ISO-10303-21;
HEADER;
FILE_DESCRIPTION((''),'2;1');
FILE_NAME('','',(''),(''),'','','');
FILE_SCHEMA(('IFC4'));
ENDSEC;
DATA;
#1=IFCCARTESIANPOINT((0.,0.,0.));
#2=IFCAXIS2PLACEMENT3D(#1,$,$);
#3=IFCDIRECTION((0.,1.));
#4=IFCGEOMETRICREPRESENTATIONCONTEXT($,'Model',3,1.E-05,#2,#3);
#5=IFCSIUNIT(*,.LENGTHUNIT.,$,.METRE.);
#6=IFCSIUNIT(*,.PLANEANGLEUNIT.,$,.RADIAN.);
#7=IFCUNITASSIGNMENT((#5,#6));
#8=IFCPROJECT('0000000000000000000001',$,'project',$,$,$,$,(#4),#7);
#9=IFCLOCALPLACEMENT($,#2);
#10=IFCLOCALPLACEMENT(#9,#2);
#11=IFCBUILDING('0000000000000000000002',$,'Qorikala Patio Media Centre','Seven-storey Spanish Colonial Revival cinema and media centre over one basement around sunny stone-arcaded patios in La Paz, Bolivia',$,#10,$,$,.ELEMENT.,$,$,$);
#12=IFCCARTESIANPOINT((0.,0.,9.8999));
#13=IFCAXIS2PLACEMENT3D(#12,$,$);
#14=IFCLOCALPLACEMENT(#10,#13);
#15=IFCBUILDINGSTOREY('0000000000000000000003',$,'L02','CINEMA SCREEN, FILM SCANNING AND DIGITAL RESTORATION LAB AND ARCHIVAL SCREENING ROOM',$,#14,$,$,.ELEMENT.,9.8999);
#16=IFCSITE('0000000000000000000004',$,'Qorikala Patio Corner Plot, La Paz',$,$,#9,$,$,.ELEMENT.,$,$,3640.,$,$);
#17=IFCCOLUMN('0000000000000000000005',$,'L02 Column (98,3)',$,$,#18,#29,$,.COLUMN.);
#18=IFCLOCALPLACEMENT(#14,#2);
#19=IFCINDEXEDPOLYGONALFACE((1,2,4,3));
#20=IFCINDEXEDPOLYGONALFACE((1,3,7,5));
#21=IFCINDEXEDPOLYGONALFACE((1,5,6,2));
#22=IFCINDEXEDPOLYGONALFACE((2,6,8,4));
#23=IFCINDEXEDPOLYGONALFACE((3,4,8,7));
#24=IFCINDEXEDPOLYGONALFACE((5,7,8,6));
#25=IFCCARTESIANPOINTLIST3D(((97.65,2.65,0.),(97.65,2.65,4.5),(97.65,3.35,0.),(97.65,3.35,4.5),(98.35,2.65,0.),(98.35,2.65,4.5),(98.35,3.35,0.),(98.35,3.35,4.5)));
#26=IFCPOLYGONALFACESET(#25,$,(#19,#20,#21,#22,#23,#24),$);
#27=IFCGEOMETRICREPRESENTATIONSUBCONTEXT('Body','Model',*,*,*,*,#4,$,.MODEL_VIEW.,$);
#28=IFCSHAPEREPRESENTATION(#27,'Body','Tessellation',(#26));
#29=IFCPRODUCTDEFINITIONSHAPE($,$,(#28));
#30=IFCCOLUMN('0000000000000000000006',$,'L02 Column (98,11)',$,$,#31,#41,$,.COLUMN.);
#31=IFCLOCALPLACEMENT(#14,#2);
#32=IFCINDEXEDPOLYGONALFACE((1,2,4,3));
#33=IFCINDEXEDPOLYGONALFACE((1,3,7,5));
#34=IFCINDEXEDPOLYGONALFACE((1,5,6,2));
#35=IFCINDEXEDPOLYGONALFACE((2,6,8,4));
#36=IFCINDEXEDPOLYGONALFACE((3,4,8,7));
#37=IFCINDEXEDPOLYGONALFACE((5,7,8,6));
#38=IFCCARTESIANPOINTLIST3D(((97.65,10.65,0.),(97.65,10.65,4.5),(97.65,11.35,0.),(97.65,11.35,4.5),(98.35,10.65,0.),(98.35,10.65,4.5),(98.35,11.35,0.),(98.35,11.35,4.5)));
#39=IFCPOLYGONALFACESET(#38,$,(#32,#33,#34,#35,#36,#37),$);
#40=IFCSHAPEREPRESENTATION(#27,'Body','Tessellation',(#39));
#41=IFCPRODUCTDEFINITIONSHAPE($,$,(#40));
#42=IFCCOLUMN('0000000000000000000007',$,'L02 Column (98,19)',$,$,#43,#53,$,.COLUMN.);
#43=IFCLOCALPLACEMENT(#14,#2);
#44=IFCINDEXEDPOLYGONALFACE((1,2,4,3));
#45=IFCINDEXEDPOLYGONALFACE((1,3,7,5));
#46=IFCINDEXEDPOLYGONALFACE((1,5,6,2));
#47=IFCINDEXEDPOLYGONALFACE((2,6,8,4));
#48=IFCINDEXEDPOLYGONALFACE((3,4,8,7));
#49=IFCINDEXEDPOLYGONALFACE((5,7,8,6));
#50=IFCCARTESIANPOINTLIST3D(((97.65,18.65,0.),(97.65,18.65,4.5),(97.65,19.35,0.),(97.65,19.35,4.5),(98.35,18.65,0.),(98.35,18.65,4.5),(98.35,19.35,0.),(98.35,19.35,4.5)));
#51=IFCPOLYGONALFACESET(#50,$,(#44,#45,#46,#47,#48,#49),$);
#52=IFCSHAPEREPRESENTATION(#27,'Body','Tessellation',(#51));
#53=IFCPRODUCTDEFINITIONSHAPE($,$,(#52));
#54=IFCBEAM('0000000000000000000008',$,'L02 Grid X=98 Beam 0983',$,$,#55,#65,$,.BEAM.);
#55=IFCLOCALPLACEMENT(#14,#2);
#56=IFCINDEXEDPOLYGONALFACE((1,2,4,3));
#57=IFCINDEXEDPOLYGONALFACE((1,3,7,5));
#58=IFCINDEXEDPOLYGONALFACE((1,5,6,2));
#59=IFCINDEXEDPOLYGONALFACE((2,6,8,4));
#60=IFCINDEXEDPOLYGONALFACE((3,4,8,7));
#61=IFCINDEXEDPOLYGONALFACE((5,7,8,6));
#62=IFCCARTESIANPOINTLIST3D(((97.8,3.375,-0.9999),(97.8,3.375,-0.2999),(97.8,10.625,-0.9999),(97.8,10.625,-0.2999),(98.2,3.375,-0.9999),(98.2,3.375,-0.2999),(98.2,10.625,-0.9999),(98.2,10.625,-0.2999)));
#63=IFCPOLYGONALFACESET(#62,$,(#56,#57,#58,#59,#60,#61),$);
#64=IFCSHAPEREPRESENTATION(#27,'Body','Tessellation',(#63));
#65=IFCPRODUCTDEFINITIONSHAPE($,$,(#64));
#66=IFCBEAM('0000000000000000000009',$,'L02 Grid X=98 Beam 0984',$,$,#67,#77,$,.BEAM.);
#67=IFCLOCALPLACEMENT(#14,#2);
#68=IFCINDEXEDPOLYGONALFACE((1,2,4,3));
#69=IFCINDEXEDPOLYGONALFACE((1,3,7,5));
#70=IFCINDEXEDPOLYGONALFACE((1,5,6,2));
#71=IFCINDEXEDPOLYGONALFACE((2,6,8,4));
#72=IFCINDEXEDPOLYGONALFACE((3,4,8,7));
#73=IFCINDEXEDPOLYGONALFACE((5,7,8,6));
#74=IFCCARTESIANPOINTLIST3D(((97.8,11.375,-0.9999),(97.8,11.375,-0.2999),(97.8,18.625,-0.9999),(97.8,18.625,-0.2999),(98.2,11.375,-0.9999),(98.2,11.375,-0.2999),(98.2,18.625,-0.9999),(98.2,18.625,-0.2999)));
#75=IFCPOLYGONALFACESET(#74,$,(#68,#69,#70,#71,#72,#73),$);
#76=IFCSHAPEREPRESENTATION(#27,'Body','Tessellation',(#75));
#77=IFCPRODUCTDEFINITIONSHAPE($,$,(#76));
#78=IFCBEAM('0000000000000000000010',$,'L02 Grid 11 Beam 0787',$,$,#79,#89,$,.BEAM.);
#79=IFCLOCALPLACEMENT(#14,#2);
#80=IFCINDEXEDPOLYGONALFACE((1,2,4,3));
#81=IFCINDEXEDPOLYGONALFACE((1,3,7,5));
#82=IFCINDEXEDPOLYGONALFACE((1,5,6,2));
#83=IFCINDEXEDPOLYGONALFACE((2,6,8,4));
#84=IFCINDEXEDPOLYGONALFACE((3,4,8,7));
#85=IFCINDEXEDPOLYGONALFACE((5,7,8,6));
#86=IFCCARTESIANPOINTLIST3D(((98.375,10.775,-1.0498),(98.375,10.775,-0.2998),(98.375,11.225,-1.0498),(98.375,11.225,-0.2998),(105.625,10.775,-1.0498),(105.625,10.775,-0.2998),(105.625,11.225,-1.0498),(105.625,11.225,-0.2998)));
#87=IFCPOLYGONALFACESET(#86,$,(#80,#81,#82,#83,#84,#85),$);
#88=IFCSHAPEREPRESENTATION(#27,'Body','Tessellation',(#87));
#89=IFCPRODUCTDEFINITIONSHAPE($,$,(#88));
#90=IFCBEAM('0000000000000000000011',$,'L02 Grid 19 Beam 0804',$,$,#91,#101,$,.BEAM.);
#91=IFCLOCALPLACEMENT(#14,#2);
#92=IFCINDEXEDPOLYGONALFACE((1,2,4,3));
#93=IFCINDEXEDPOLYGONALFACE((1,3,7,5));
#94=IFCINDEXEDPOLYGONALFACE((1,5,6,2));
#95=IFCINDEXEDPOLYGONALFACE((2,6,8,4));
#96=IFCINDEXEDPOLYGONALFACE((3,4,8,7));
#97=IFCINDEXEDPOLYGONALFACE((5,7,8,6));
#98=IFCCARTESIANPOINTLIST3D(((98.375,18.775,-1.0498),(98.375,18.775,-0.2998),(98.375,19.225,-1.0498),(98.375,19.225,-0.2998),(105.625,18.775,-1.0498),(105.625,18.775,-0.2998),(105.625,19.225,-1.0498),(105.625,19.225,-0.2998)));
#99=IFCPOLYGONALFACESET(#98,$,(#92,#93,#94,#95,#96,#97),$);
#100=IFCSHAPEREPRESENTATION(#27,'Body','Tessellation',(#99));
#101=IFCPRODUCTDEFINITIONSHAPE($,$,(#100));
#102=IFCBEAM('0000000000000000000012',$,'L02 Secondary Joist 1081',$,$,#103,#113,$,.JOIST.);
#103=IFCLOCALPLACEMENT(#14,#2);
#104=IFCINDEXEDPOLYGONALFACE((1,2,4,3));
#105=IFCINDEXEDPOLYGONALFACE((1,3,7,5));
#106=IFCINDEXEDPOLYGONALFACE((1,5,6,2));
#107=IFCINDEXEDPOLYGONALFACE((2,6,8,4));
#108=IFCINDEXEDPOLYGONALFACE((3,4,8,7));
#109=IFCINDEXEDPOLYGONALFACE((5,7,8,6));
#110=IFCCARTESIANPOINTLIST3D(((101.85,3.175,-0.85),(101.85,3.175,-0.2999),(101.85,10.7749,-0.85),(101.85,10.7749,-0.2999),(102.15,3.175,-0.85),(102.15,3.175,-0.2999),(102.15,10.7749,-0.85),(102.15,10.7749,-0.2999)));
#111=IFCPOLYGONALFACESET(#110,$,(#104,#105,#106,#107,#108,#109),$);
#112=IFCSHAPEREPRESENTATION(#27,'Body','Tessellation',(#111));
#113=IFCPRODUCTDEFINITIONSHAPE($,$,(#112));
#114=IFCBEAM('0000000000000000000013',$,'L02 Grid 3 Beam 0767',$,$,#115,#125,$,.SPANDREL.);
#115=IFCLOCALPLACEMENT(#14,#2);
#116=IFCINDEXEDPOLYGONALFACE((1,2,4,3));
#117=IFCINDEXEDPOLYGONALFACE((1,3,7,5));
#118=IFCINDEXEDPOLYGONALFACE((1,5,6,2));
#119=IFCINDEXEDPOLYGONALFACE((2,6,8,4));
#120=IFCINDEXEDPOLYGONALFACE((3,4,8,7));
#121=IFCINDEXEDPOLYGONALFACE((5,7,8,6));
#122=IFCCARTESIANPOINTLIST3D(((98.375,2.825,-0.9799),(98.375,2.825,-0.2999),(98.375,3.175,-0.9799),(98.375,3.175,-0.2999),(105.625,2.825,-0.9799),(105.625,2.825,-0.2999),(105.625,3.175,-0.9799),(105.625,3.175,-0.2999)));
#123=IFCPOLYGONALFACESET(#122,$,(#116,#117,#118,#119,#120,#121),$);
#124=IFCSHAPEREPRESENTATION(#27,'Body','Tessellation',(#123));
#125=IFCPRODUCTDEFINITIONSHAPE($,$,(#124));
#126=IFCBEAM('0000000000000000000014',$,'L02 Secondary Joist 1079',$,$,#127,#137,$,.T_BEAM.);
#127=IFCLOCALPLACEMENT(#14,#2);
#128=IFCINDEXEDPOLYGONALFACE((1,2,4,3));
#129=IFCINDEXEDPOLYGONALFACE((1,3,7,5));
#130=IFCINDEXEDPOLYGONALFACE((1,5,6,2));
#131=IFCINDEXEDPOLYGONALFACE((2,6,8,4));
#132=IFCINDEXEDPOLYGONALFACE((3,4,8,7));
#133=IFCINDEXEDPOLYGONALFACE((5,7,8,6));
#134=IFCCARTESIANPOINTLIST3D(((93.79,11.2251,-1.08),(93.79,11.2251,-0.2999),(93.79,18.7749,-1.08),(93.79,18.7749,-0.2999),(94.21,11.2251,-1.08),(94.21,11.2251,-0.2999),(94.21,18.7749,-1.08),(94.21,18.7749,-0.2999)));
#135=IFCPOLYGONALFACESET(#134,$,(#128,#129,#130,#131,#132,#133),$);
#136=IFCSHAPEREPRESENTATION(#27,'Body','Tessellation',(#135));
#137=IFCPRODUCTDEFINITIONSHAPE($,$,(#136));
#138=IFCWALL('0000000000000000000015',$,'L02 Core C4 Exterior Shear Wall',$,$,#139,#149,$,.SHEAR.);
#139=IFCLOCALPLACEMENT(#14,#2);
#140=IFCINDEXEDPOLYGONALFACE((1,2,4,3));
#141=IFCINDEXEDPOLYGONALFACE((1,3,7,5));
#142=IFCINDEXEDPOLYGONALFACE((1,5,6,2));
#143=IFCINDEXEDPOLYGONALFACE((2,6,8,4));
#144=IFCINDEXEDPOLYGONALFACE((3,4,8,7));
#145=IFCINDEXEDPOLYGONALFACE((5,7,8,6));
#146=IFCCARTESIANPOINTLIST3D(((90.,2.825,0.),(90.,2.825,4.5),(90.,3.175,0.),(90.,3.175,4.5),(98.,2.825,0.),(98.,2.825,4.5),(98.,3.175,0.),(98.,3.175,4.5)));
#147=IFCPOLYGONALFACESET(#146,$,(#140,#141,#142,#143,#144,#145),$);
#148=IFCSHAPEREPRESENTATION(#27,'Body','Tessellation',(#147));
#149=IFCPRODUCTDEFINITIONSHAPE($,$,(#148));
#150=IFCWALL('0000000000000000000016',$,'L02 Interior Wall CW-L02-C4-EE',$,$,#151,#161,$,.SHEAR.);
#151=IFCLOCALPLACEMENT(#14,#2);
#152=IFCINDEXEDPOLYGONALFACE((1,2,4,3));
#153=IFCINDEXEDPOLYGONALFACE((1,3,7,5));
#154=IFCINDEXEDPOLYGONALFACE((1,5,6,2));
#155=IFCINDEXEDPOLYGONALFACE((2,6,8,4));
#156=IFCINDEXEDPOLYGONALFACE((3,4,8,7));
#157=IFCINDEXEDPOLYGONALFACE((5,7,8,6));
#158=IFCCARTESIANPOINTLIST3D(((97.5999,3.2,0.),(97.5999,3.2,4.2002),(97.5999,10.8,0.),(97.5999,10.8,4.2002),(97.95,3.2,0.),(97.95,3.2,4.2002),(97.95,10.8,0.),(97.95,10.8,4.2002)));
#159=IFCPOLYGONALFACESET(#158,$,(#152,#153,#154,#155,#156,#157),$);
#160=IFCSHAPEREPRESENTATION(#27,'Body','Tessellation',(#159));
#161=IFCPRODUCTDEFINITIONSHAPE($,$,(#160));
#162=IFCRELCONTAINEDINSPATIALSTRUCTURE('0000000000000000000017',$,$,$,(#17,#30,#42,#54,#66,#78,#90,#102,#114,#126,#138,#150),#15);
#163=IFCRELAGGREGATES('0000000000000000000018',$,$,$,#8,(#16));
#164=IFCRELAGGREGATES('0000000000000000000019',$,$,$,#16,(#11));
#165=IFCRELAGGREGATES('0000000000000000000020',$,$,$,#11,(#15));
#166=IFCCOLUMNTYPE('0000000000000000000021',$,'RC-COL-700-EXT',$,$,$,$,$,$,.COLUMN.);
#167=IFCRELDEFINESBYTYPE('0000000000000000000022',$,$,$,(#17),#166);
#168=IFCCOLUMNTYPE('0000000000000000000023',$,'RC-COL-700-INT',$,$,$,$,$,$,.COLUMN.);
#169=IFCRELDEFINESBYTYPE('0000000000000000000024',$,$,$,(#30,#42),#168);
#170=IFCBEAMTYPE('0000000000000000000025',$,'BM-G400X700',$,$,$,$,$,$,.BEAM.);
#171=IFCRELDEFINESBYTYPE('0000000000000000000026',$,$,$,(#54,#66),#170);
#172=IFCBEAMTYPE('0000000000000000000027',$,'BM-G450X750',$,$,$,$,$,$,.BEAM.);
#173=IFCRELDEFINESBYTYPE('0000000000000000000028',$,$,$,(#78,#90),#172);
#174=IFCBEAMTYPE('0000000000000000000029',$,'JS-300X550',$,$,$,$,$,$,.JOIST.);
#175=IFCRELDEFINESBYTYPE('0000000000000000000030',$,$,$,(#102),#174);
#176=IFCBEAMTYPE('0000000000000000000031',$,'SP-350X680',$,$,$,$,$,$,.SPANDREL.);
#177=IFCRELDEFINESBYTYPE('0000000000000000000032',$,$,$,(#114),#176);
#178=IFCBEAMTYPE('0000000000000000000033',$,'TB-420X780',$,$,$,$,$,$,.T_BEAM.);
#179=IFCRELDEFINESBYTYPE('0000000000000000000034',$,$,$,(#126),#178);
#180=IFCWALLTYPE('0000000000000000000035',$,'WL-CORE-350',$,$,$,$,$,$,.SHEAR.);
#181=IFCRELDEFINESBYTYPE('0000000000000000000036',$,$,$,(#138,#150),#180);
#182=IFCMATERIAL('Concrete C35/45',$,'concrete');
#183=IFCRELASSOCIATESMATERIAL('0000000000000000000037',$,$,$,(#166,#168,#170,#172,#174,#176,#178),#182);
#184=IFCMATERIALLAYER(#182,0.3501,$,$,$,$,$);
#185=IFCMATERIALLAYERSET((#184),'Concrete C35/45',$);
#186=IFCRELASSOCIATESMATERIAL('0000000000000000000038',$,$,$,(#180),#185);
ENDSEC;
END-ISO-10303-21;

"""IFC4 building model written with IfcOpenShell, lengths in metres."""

from ifc_helpers import new_model, si_unit, direction, frame, frame_2d, origin, origin_2d, place, context, subcontext, project, spatial, rectangle, extrude, material, layer, layer_set, material_profile, profile_set, type_object, element, save


model = new_model("IFC4")

# Units and contexts
model_context = context("Model", 3, precision=1e-05, world=origin(), true_north=direction((0.0, 1.0)))
body_context = subcontext(model_context, "Body", "Model", "MODEL_VIEW")
ifc_project = project(units=[si_unit("LENGTHUNIT", "METRE"), si_unit("PLANEANGLEUNIT", "RADIAN")], contexts=[model_context])

# Site, building, storey
site_placement = place(None, origin())
site = spatial("IfcSite", under=ifc_project, at=site_placement, Name="Qorikala Patio Corner Plot, La Paz", CompositionType="ELEMENT", RefElevation=3640.0)
building_placement = place(site_placement, origin())
building = spatial("IfcBuilding", under=site, at=building_placement, Name="Qorikala Patio Media Centre", Description="Seven-storey Spanish Colonial Revival cinema and media centre over one basement around sunny stone-arcaded patios in La Paz, Bolivia", CompositionType="ELEMENT")
storey_placement = place(building_placement, frame((0.0, 0.0, 9.8999)))
storey = spatial("IfcBuildingStorey", under=building, at=storey_placement, Name="L02", Description="CINEMA SCREEN, FILM SCANNING AND DIGITAL RESTORATION LAB AND ARCHIVAL SCREENING ROOM", CompositionType="ELEMENT", Elevation=9.8999)

# Columns
ifc_material_1 = material(Name="Concrete C35/45", Category="concrete")
ifc_material_profile_1 = material_profile(ifc_material_1, rectangle(XDim=0.7, YDim=0.7, at=origin_2d()), Name="RC 700x700")
ifc_profile_set_1 = profile_set([ifc_material_profile_1], Name="Concrete C35/45")
column_type_1 = type_object("IfcColumnType", Name="RC-COL-700-EXT", PredefinedType="COLUMN", material=ifc_profile_set_1)
column_placement = place(storey_placement, frame((98.0, 3.0, 0.0), z_axis=(0.0, 0.0, 1.0), x_axis=(1.0, 0.0, 0.0)))
element("IfcColumn", 1, at=column_placement, inside=storey, type_object=column_type_1, Name="L02 Column (98,3)", PredefinedType="COLUMN", context=body_context, shape_type="SweptSolid", body=[
    extrude(rectangle(XDim=0.7, YDim=0.7, at=origin_2d()), origin(), (0.0, 0.0, 1.0), 4.5),
])
ifc_material_profile_2 = material_profile(ifc_material_1, rectangle(XDim=0.7, YDim=0.7, at=origin_2d()), Name="RC 700x700")
ifc_profile_set_2 = profile_set([ifc_material_profile_2], Name="Concrete C35/45")
column_type_2 = type_object("IfcColumnType", Name="RC-COL-700-INT", PredefinedType="COLUMN", material=ifc_profile_set_2)
for number, where, z_axis, x_axis, name in (
    (2, (98.0, 11.0, 0.0), (0.0, 0.0, 1.0), (1.0, 0.0, 0.0), "L02 Column (98,11)"),
    (3, (98.0, 19.0, 0.0), (0.0, 0.0, 1.0), (1.0, 0.0, 0.0), "L02 Column (98,19)"),
):
    element("IfcColumn", number, at=place(storey_placement, frame(where, z_axis=z_axis, x_axis=x_axis)), inside=storey, type_object=column_type_2, Name=name, PredefinedType="COLUMN", context=body_context, shape_type="SweptSolid", body=[
        extrude(rectangle(XDim=0.7, YDim=0.7, at=origin_2d()), origin(), (0.0, 0.0, 1.0), 4.5),
    ])

# Beams
ifc_material_profile_3 = material_profile(ifc_material_1, rectangle(XDim=0.3999, YDim=0.7, at=origin_2d()), Name="RC 400x700")
ifc_profile_set_3 = profile_set([ifc_material_profile_3], Name="Concrete C35/45")
beam_type_1 = type_object("IfcBeamType", Name="BM-G400X700", PredefinedType="BEAM", material=ifc_profile_set_3)
for number, where, z_axis, x_axis, name in (
    (4, (98.0, 3.375, -0.6499), (0.0, 1.0, 0.0), (-1.0, 0.0, 0.0), "L02 Grid X=98 Beam 0983"),
    (5, (98.0, 11.375, -0.6499), (0.0, 1.0, 0.0), (-1.0, 0.0, 0.0), "L02 Grid X=98 Beam 0984"),
):
    element("IfcBeam", number, at=place(storey_placement, frame(where, z_axis=z_axis, x_axis=x_axis)), inside=storey, type_object=beam_type_1, Name=name, PredefinedType="BEAM", context=body_context, shape_type="SweptSolid", body=[
        extrude(rectangle(XDim=0.3999, YDim=0.7, at=origin_2d()), origin(), (0.0, 0.0, 1.0), 7.25),
    ])
ifc_material_profile_4 = material_profile(ifc_material_1, rectangle(XDim=0.45, YDim=0.75, at=origin_2d()), Name="RC 450x750")
ifc_profile_set_4 = profile_set([ifc_material_profile_4], Name="Concrete C35/45")
beam_type_2 = type_object("IfcBeamType", Name="BM-G450X750", PredefinedType="BEAM", material=ifc_profile_set_4)
for number, where, z_axis, x_axis, name in (
    (6, (98.375, 11.0, -0.6748), (1.0, 0.0, 0.0), (0.0, 1.0, 0.0), "L02 Grid 11 Beam 0787"),
    (7, (98.375, 19.0, -0.6748), (1.0, 0.0, 0.0), (0.0, 1.0, 0.0), "L02 Grid 19 Beam 0804"),
):
    element("IfcBeam", number, at=place(storey_placement, frame(where, z_axis=z_axis, x_axis=x_axis)), inside=storey, type_object=beam_type_2, Name=name, PredefinedType="BEAM", context=body_context, shape_type="SweptSolid", body=[
        extrude(rectangle(XDim=0.45, YDim=0.75, at=origin_2d()), origin(), (0.0, 0.0, 1.0), 7.25),
    ])
ifc_material_profile_5 = material_profile(ifc_material_1, rectangle(XDim=0.3, YDim=0.55, at=origin_2d()), Name="RC 300x550")
ifc_profile_set_5 = profile_set([ifc_material_profile_5], Name="Concrete C35/45")
beam_type_3 = type_object("IfcBeamType", Name="JS-300X550", PredefinedType="JOIST", material=ifc_profile_set_5)
beam_1_placement = place(storey_placement, frame((102.0, 3.175, -0.575), z_axis=(0.0, 1.0, 0.0), x_axis=(-1.0, 0.0, 0.0)))
element("IfcBeam", 8, at=beam_1_placement, inside=storey, type_object=beam_type_3, Name="L02 Secondary Joist 1081", PredefinedType="JOIST", context=body_context, shape_type="SweptSolid", body=[
    extrude(rectangle(XDim=0.3, YDim=0.55, at=origin_2d()), origin(), (0.0, 0.0, 1.0), 7.5999),
])
ifc_material_profile_6 = material_profile(ifc_material_1, rectangle(XDim=0.3501, YDim=0.6799, at=origin_2d()), Name="RC 350x680")
ifc_profile_set_6 = profile_set([ifc_material_profile_6], Name="Concrete C35/45")
beam_type_4 = type_object("IfcBeamType", Name="SP-350X680", PredefinedType="SPANDREL", material=ifc_profile_set_6)
beam_2_placement = place(storey_placement, frame((98.375, 3.0, -0.6399), z_axis=(1.0, 0.0, 0.0), x_axis=(0.0, 1.0, 0.0)))
element("IfcBeam", 9, at=beam_2_placement, inside=storey, type_object=beam_type_4, Name="L02 Grid 3 Beam 0767", PredefinedType="SPANDREL", context=body_context, shape_type="SweptSolid", body=[
    extrude(rectangle(XDim=0.3501, YDim=0.6799, at=origin_2d()), origin(), (0.0, 0.0, 1.0), 7.25),
])
ifc_material_profile_7 = material_profile(ifc_material_1, rectangle(XDim=0.4199, YDim=0.78, at=origin_2d()), Name="RC 420x780")
ifc_profile_set_7 = profile_set([ifc_material_profile_7], Name="Concrete C35/45")
beam_type_5 = type_object("IfcBeamType", Name="TB-420X780", PredefinedType="T_BEAM", material=ifc_profile_set_7)
beam_3_placement = place(storey_placement, frame((94.0, 11.2251, -0.6899), z_axis=(0.0, 1.0, 0.0), x_axis=(-1.0, 0.0, 0.0)))
element("IfcBeam", 10, at=beam_3_placement, inside=storey, type_object=beam_type_5, Name="L02 Secondary Joist 1079", PredefinedType="T_BEAM", context=body_context, shape_type="SweptSolid", body=[
    extrude(rectangle(XDim=0.4199, YDim=0.78, at=origin_2d()), origin(), (0.0, 0.0, 1.0), 7.5498),
])

# Walls
ifc_layer_1 = layer(ifc_material_1, 0.3501)
ifc_layer_set_1 = layer_set([ifc_layer_1], Name="Concrete C35/45")
wall_type_1 = type_object("IfcWallType", Name="WL-CORE-350", PredefinedType="SHEAR", material=ifc_layer_set_1)
wall_1_placement = place(storey_placement, frame((98.0, 3.0, 0.0), z_axis=(0.0, 0.0, 1.0), x_axis=(-1.0, 0.0, 0.0)))
element("IfcWall", 11, at=wall_1_placement, inside=storey, type_object=wall_type_1, Name="L02 Core C4 Exterior Shear Wall", PredefinedType="SHEAR", context=body_context, shape_type="SweptSolid", body=[
    extrude(rectangle(XDim=8.0, YDim=0.3501, at=frame_2d((4.0, 0.0))), origin(), (0.0, 0.0, 1.0), 4.5),
])
wall_2_placement = place(storey_placement, frame((97.7749, 3.2, 0.0), z_axis=(0.0, 0.0, 1.0), x_axis=(0.0, 1.0, 0.0)))
element("IfcWall", 12, at=wall_2_placement, inside=storey, type_object=wall_type_1, Name="L02 Interior Wall CW-L02-C4-EE", PredefinedType="SHEAR", context=body_context, shape_type="SweptSolid", body=[
    extrude(rectangle(XDim=7.6001, YDim=0.3501, at=frame_2d((3.8, 0.0))), origin(), (0.0, 0.0, 1.0), 4.2002),
])

save(model, "model.ifc")
